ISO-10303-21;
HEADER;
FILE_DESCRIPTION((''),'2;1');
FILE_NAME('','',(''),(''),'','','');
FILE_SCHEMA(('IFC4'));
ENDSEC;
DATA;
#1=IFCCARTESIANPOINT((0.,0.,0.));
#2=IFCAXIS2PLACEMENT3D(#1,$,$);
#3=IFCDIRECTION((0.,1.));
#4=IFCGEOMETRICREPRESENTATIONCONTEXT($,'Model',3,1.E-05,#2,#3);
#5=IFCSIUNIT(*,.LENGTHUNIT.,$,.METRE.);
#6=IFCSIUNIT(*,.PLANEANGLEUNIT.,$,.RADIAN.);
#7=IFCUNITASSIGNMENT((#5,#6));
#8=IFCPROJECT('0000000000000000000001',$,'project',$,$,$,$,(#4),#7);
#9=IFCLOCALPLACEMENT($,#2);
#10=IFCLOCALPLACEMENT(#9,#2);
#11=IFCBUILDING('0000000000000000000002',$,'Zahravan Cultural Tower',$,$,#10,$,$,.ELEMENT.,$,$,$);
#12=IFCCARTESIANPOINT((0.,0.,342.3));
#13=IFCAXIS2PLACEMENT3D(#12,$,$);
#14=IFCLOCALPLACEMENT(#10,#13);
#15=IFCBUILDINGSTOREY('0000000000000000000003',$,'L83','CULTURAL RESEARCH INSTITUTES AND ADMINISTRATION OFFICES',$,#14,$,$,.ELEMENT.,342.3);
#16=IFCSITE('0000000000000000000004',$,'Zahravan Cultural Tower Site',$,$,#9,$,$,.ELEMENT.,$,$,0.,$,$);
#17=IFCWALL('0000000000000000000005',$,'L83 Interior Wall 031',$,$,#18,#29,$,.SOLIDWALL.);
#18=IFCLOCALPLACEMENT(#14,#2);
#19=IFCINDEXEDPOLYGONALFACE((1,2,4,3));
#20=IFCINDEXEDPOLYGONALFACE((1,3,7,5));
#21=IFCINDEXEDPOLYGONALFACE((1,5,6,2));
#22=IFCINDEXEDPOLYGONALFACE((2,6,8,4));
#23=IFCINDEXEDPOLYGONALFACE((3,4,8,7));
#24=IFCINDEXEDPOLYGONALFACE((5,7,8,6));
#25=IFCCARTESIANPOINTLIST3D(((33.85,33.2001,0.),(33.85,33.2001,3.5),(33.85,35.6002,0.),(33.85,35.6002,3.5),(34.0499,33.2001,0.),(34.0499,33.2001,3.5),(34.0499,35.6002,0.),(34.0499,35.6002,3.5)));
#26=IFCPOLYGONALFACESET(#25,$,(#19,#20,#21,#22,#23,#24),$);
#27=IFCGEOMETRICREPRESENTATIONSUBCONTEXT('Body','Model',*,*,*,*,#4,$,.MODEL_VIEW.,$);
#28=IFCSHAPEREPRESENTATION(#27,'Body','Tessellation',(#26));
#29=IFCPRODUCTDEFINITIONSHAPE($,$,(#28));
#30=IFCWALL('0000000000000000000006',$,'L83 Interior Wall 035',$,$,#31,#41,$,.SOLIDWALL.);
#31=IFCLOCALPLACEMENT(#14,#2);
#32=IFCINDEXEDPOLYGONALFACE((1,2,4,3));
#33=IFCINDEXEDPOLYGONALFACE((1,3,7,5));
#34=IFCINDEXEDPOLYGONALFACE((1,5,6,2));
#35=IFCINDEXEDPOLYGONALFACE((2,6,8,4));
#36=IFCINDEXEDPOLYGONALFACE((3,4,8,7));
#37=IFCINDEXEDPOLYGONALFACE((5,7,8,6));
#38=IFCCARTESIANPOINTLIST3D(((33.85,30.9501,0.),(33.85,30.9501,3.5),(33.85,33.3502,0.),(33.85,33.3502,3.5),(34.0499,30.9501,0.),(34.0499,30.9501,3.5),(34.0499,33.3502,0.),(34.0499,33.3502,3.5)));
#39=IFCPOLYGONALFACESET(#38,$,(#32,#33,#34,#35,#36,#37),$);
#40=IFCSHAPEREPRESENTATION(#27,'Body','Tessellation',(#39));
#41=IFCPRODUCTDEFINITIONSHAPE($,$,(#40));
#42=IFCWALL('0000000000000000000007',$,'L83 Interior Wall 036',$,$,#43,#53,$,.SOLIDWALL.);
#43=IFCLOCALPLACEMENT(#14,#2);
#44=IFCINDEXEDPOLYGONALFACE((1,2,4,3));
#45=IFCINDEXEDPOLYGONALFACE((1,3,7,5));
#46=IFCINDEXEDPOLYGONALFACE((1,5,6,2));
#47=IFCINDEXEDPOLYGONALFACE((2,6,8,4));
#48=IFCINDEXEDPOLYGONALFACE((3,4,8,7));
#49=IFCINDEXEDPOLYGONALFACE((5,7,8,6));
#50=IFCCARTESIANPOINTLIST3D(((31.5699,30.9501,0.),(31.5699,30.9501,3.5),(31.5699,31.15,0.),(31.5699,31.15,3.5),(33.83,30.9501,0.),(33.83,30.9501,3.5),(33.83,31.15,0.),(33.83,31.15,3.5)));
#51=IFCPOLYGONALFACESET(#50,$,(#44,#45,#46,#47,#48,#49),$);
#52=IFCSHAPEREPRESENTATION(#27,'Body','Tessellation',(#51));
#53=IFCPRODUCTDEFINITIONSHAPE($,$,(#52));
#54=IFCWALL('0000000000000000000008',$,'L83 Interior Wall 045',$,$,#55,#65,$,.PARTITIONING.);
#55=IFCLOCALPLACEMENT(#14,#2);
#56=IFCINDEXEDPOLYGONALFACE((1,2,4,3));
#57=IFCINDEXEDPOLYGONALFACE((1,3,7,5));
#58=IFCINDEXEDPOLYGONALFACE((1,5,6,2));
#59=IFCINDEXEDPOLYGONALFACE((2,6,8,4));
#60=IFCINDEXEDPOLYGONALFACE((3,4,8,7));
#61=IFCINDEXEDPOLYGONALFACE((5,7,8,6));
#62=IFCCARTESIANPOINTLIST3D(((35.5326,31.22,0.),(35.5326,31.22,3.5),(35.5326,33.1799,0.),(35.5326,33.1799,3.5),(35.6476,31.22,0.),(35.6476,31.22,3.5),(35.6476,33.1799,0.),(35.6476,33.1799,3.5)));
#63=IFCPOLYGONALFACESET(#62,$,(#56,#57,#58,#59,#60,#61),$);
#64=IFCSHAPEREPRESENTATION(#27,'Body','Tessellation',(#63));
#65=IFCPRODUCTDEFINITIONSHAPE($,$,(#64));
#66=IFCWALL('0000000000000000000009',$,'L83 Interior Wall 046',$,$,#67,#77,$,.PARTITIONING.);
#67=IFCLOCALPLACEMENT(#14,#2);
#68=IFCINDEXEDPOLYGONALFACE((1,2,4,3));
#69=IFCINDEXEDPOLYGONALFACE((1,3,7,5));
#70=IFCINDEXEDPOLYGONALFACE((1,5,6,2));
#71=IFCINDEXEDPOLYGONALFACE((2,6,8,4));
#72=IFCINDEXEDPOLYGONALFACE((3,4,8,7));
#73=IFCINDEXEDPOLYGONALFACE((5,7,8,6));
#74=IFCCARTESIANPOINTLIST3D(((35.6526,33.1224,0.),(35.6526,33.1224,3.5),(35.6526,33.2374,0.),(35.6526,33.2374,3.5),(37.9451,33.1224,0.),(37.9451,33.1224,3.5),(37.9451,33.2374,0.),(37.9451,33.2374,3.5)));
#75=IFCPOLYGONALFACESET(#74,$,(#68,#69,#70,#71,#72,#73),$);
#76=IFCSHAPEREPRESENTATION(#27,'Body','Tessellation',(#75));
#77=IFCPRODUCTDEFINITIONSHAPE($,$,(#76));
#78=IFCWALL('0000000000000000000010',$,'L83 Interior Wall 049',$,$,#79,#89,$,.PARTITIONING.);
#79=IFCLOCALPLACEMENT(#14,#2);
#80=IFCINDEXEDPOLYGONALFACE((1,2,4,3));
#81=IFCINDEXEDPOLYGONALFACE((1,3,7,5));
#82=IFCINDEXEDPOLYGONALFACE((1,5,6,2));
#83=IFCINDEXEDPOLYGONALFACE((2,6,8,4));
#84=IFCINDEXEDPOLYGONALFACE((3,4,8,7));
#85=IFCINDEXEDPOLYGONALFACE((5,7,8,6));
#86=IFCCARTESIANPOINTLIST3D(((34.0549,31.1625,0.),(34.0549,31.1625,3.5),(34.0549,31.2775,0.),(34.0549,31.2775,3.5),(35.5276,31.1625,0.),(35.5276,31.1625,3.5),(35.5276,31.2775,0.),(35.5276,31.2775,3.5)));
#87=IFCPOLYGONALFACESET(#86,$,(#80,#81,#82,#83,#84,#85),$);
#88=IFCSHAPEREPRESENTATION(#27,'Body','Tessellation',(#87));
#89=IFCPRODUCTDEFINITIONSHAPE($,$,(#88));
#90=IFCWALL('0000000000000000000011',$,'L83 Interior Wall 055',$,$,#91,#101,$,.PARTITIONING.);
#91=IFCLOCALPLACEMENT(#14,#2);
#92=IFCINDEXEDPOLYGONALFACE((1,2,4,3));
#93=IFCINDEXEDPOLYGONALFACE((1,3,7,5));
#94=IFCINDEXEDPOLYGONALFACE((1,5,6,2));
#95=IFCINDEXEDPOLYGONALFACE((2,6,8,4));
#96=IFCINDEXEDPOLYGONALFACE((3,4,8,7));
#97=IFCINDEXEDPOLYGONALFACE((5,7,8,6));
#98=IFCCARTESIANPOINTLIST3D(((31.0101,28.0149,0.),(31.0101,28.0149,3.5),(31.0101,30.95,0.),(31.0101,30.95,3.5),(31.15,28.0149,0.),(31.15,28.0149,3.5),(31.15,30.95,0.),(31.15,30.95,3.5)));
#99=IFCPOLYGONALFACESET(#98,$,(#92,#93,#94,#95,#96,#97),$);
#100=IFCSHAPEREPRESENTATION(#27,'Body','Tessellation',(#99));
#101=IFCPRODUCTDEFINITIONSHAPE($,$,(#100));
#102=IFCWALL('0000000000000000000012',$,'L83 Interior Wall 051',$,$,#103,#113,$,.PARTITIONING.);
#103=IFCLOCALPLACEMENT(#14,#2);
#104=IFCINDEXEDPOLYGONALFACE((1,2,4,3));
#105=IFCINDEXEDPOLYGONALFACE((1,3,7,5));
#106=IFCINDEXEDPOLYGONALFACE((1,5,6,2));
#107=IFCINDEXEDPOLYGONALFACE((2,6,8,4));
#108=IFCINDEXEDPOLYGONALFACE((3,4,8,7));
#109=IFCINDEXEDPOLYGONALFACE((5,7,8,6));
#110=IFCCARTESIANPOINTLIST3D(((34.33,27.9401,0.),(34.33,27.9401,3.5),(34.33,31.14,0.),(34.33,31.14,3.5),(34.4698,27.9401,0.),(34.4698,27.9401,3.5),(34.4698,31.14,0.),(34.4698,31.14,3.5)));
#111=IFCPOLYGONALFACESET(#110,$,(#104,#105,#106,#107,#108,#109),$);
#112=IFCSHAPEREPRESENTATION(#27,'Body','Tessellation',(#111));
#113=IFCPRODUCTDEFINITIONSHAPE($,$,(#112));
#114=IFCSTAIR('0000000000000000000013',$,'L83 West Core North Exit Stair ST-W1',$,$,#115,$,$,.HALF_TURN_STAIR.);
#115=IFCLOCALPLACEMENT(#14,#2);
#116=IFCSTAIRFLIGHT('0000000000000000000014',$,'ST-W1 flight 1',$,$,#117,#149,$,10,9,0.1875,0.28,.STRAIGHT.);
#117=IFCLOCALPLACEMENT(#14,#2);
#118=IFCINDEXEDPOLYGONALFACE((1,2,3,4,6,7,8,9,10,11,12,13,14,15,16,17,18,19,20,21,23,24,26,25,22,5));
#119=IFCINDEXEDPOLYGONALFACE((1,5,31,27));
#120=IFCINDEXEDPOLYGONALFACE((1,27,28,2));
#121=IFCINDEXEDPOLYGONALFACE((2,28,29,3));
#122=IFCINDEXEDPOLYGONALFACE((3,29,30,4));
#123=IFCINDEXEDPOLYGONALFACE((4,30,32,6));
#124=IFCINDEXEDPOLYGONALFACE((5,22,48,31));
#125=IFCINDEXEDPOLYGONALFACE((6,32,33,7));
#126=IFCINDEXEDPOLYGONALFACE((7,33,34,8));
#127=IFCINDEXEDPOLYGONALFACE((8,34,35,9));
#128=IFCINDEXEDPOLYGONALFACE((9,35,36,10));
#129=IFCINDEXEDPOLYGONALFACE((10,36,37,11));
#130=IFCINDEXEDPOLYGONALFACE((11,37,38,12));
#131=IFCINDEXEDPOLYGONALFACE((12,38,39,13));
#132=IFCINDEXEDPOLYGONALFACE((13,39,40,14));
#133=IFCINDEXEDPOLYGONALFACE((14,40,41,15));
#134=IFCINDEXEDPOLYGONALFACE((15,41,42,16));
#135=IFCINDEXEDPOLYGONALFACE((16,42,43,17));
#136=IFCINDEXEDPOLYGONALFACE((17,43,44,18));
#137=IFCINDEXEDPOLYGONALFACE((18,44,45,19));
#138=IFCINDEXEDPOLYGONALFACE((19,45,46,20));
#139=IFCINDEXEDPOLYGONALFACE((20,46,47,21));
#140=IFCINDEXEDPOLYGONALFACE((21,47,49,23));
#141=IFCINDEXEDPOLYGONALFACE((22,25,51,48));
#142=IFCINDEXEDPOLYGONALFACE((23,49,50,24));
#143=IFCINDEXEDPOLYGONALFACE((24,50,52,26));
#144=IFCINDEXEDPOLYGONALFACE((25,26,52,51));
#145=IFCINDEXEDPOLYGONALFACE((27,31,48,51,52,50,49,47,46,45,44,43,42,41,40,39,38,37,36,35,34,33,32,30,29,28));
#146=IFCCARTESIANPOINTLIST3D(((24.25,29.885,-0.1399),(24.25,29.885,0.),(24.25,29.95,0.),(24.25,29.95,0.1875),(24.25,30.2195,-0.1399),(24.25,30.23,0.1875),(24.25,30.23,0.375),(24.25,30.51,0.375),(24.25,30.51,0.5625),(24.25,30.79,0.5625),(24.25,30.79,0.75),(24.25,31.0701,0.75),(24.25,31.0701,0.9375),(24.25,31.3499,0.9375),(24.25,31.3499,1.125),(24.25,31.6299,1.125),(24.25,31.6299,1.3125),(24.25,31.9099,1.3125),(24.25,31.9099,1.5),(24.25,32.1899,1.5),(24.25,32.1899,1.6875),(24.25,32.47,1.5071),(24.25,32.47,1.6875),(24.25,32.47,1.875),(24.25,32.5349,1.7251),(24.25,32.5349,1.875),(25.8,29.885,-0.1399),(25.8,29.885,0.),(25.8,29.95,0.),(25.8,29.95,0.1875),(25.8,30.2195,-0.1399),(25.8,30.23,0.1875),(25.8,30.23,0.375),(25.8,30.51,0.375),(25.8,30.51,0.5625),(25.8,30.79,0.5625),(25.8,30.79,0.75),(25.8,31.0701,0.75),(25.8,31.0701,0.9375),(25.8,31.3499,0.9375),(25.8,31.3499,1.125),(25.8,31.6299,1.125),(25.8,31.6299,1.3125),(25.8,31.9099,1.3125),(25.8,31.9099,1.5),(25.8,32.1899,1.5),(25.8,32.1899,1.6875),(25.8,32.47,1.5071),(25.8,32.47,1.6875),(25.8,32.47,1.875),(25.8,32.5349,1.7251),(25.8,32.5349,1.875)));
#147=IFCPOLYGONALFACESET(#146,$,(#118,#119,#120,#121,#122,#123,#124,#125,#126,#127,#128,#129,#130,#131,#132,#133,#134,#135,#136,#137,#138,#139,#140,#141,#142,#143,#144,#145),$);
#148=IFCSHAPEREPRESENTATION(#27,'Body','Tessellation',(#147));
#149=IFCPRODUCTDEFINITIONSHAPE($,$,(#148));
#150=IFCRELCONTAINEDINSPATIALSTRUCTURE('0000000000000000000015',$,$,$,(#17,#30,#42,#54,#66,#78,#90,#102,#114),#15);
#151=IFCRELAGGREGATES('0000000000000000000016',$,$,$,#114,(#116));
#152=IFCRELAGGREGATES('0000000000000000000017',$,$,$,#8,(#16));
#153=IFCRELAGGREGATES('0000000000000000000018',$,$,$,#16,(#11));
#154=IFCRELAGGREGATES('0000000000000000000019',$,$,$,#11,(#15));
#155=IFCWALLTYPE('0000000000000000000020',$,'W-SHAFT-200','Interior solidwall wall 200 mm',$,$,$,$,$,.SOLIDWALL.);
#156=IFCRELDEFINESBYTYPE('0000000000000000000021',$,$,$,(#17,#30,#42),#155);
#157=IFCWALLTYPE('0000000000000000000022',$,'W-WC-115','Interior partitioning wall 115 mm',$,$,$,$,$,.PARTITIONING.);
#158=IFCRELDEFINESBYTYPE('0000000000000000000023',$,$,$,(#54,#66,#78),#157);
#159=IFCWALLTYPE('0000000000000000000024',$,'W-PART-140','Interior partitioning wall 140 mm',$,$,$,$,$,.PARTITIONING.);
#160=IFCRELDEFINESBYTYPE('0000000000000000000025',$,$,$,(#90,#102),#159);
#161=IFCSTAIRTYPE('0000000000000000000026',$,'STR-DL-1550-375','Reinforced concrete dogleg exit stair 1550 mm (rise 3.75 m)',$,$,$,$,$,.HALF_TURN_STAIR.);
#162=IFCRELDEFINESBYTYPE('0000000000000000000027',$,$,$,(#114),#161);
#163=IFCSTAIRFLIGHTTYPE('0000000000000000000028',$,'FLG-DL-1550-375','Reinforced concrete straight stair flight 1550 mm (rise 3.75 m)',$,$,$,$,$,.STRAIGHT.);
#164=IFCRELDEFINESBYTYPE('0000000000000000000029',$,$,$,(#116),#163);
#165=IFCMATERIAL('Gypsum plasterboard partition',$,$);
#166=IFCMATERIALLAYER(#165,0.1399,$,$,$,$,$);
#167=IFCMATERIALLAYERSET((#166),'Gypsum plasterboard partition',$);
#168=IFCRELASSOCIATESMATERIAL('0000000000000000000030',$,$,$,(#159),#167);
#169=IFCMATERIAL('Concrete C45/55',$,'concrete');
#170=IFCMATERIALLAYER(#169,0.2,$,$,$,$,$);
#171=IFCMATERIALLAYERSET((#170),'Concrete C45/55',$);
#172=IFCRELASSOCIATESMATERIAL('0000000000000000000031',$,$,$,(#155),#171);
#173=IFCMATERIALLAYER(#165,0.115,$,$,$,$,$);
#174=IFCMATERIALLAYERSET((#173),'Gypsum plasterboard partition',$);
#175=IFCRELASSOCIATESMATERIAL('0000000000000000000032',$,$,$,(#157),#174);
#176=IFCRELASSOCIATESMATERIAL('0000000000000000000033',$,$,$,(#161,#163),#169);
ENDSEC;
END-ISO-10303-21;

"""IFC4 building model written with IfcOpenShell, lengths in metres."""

from ifc_helpers import new_model, si_unit, direction, frame, frame_2d, origin, place, context, subcontext, project, spatial, polyline, rectangle, outline, extrude, source, transform, mapped, material, layer, layer_set, type_object, element, aggregate, save


model = new_model("IFC4")

# Units and contexts
model_context = context("Model", 3, precision=1e-05, world=origin(), true_north=direction((0.0, 1.0)))
body_context = subcontext(model_context, "Body", "Model", "MODEL_VIEW")
ifc_project = project(units=[si_unit("LENGTHUNIT", "METRE"), si_unit("PLANEANGLEUNIT", "RADIAN")], contexts=[model_context])

# Site, building, storey
site_placement = place(None, origin())
site = spatial("IfcSite", under=ifc_project, at=site_placement, Name="Zahravan Cultural Tower Site", CompositionType="ELEMENT", RefElevation=0.0)
building_placement = place(site_placement, origin())
building = spatial("IfcBuilding", under=site, at=building_placement, Name="Zahravan Cultural Tower", CompositionType="ELEMENT")
storey_placement = place(building_placement, frame((0.0, 0.0, 342.3)))
storey = spatial("IfcBuildingStorey", under=building, at=storey_placement, Name="L83", Description="CULTURAL RESEARCH INSTITUTES AND ADMINISTRATION OFFICES", CompositionType="ELEMENT", Elevation=342.3)

# Shared definitions
ifc_material_1 = material(Name="Gypsum plasterboard partition")
ifc_layer_1 = layer(ifc_material_1, 0.1399)
ifc_layer_set_1 = layer_set([ifc_layer_1], Name="Gypsum plasterboard partition")
wall_type_1 = type_object("IfcWallType", Name="W-PART-140", Description="Interior partitioning wall 140 mm", PredefinedType="PARTITIONING", material=ifc_layer_set_1)
ifc_material_2 = material(Name="Concrete C45/55", Category="concrete")
ifc_layer_2 = layer(ifc_material_2, 0.2)
ifc_layer_set_2 = layer_set([ifc_layer_2], Name="Concrete C45/55")
wall_type_2 = type_object("IfcWallType", Name="W-SHAFT-200", Description="Interior solidwall wall 200 mm", PredefinedType="SOLIDWALL", material=ifc_layer_set_2)

# Walls
shared_shape_1 = source(origin(), body_context, "Body", "SweptSolid", [
    extrude(rectangle(XDim=2.4001, YDim=0.2, at=frame_2d((1.2002, 0.0))), origin(), (0.0, 0.0, 1.0), 3.5),
])
for number, where, z_axis, x_axis, name in (
    (1, (33.95, 33.2, 0.0), (0.0, 0.0, 1.0), (0.0, 1.0, 0.0), "L83 Interior Wall 031"),
    (2, (33.95, 30.95, 0.0), (0.0, 0.0, 1.0), (0.0, 1.0, 0.0), "L83 Interior Wall 035"),
):
    element("IfcWall", number, at=place(storey_placement, frame(where, z_axis=z_axis, x_axis=x_axis)), inside=storey, type_object=wall_type_2, Name=name, PredefinedType="SOLIDWALL", context=body_context, shape_type="MappedRepresentation", body=[
        mapped(shared_shape_1, transform((0.0, 0.0, 0.0), x_axis=(1.0, 0.0, 0.0), y_axis=(0.0, 1.0, 0.0), z_axis=(0.0, 0.0, 1.0), scale=1.0)),
    ])
shared_shape_2 = source(origin(), body_context, "Body", "SweptSolid", [
    extrude(rectangle(XDim=2.26, YDim=0.2, at=frame_2d((1.1299, 0.0))), origin(), (0.0, 0.0, 1.0), 3.5),
])
wall_1_placement = place(storey_placement, frame((31.5701, 31.05, 0.0), z_axis=(0.0, 0.0, 1.0), x_axis=(1.0, 0.0, 0.0)))
element("IfcWall", 3, at=wall_1_placement, inside=storey, type_object=wall_type_2, Name="L83 Interior Wall 036", PredefinedType="SOLIDWALL", context=body_context, shape_type="MappedRepresentation", body=[
    mapped(shared_shape_2, transform((0.0, 0.0, 0.0), x_axis=(1.0, 0.0, 0.0), y_axis=(0.0, 1.0, 0.0), z_axis=(0.0, 0.0, 1.0), scale=1.0)),
])
ifc_layer_3 = layer(ifc_material_1, 0.115)
ifc_layer_set_3 = layer_set([ifc_layer_3], Name="Gypsum plasterboard partition")
wall_type_3 = type_object("IfcWallType", Name="W-WC-115", Description="Interior partitioning wall 115 mm", PredefinedType="PARTITIONING", material=ifc_layer_set_3)
shared_shape_3 = source(origin(), body_context, "Body", "SweptSolid", [
    extrude(rectangle(XDim=1.96, YDim=0.115, at=frame_2d((0.98, 0.0))), origin(), (0.0, 0.0, 1.0), 3.5),
])
wall_2_placement = place(storey_placement, frame((35.5901, 31.22, 0.0), z_axis=(0.0, 0.0, 1.0), x_axis=(0.0, 1.0, 0.0)))
element("IfcWall", 4, at=wall_2_placement, inside=storey, type_object=wall_type_3, Name="L83 Interior Wall 045", PredefinedType="PARTITIONING", context=body_context, shape_type="MappedRepresentation", body=[
    mapped(shared_shape_3, transform((0.0, 0.0, 0.0), x_axis=(1.0, 0.0, 0.0), y_axis=(0.0, 1.0, 0.0), z_axis=(0.0, 0.0, 1.0), scale=1.0)),
])
shared_shape_4 = source(origin(), body_context, "Body", "SweptSolid", [
    extrude(rectangle(XDim=2.2925, YDim=0.115, at=frame_2d((1.1462, 0.0))), origin(), (0.0, 0.0, 1.0), 3.5),
])
wall_3_placement = place(storey_placement, frame((35.6526, 33.1799, 0.0), z_axis=(0.0, 0.0, 1.0), x_axis=(1.0, 0.0, 0.0)))
element("IfcWall", 5, at=wall_3_placement, inside=storey, type_object=wall_type_3, Name="L83 Interior Wall 046", PredefinedType="PARTITIONING", context=body_context, shape_type="MappedRepresentation", body=[
    mapped(shared_shape_4, transform((0.0, 0.0, 0.0), x_axis=(1.0, 0.0, 0.0), y_axis=(0.0, 1.0, 0.0), z_axis=(0.0, 0.0, 1.0), scale=1.0)),
])
shared_shape_5 = source(origin(), body_context, "Body", "SweptSolid", [
    extrude(rectangle(XDim=1.4727, YDim=0.115, at=frame_2d((0.7363, 0.0))), origin(), (0.0, 0.0, 1.0), 3.5),
])
wall_4_placement = place(storey_placement, frame((35.5276, 31.22, 0.0), z_axis=(0.0, 0.0, 1.0), x_axis=(-1.0, 0.0, 0.0)))
element("IfcWall", 6, at=wall_4_placement, inside=storey, type_object=wall_type_3, Name="L83 Interior Wall 049", PredefinedType="PARTITIONING", context=body_context, shape_type="MappedRepresentation", body=[
    mapped(shared_shape_5, transform((0.0, 0.0, 0.0), x_axis=(1.0, 0.0, 0.0), y_axis=(0.0, 1.0, 0.0), z_axis=(0.0, 0.0, 1.0), scale=1.0)),
])
shared_shape_6 = source(origin(), body_context, "Body", "SweptSolid", [
    extrude(rectangle(XDim=2.9351, YDim=0.1399, at=frame_2d((1.4675, 0.0))), origin(), (0.0, 0.0, 1.0), 3.5),
])
wall_5_placement = place(storey_placement, frame((31.0801, 28.0149, 0.0), z_axis=(0.0, 0.0, 1.0), x_axis=(0.0, 1.0, 0.0)))
element("IfcWall", 7, at=wall_5_placement, inside=storey, type_object=wall_type_1, Name="L83 Interior Wall 055", PredefinedType="PARTITIONING", context=body_context, shape_type="MappedRepresentation", body=[
    mapped(shared_shape_6, transform((0.0, 0.0, 0.0), x_axis=(1.0, 0.0, 0.0), y_axis=(0.0, 1.0, 0.0), z_axis=(0.0, 0.0, 1.0), scale=1.0)),
])
shared_shape_7 = source(origin(), body_context, "Body", "SweptSolid", [
    extrude(rectangle(XDim=3.2, YDim=0.1399, at=frame_2d((1.6001, 0.0))), origin(), (0.0, 0.0, 1.0), 3.5),
])
wall_6_placement = place(storey_placement, frame((34.3999, 27.9399, 0.0), z_axis=(0.0, 0.0, 1.0), x_axis=(0.0, 1.0, 0.0)))
element("IfcWall", 8, at=wall_6_placement, inside=storey, type_object=wall_type_1, Name="L83 Interior Wall 051", PredefinedType="PARTITIONING", context=body_context, shape_type="MappedRepresentation", body=[
    mapped(shared_shape_7, transform((0.0, 0.0, 0.0), x_axis=(1.0, 0.0, 0.0), y_axis=(0.0, 1.0, 0.0), z_axis=(0.0, 0.0, 1.0), scale=1.0)),
])

# Stair, stair flight
stair_type = type_object("IfcStairType", Name="STR-DL-1550-375", Description="Reinforced concrete dogleg exit stair 1550 mm (rise 3.75 m)", PredefinedType="HALF_TURN_STAIR", material=ifc_material_2)
stair_placement = place(storey_placement, origin())
stair = element("IfcStair", 9, at=stair_placement, inside=storey, type_object=stair_type, Name="L83 West Core North Exit Stair ST-W1", PredefinedType="HALF_TURN_STAIR")
stair_flight_type = type_object("IfcStairFlightType", Name="FLG-DL-1550-375", Description="Reinforced concrete straight stair flight 1550 mm (rise 3.75 m)", PredefinedType="STRAIGHT", material=ifc_material_2)
stair_flight_placement = place(storey_placement, frame((25.0249, 29.95, 0.0), z_axis=(0.0, 0.0, 1.0), x_axis=(0.0, 1.0, 0.0)))
stair_flight = element("IfcStairFlight", 10, at=stair_flight_placement, type_object=stair_flight_type, Name="ST-W1 flight 1", NumberOfRisers=10, NumberOfTreads=9, PredefinedType="STRAIGHT", RiserHeight=0.1875, TreadLength=0.28, context=body_context, shape_type="SweptSolid", body=[
    extrude(outline(polyline([(-0.0649, -0.1399), (-0.0649, 0.0), (0.0, 0.0), (0.0, 0.1875), (0.28, 0.1875), (0.28, 0.375), (0.5601, 0.375), (0.5601, 0.5625), (0.8401, 0.5625), (0.8401, 0.75), (1.1201, 0.75), (1.1201, 0.9375), (1.3999, 0.9375), (1.3999, 1.125), (1.6799, 1.125), (1.6799, 1.3125), (1.96, 1.3125), (1.96, 1.5), (2.24, 1.5), (2.24, 1.6875), (2.52, 1.6875), (2.52, 1.875), (2.585, 1.875), (2.585, 1.7251), (2.52, 1.5071), (0.2695, -0.1399), (-0.0649, -0.1399)])), frame((0.0, 0.7749, 0.0), z_axis=(0.0, -1.0, 0.0), x_axis=(1.0, 0.0, 0.0)), (0.0, 0.0, 1.0), 1.55),
])
aggregate(stair, [stair_flight])

save(model, "model.ifc")
